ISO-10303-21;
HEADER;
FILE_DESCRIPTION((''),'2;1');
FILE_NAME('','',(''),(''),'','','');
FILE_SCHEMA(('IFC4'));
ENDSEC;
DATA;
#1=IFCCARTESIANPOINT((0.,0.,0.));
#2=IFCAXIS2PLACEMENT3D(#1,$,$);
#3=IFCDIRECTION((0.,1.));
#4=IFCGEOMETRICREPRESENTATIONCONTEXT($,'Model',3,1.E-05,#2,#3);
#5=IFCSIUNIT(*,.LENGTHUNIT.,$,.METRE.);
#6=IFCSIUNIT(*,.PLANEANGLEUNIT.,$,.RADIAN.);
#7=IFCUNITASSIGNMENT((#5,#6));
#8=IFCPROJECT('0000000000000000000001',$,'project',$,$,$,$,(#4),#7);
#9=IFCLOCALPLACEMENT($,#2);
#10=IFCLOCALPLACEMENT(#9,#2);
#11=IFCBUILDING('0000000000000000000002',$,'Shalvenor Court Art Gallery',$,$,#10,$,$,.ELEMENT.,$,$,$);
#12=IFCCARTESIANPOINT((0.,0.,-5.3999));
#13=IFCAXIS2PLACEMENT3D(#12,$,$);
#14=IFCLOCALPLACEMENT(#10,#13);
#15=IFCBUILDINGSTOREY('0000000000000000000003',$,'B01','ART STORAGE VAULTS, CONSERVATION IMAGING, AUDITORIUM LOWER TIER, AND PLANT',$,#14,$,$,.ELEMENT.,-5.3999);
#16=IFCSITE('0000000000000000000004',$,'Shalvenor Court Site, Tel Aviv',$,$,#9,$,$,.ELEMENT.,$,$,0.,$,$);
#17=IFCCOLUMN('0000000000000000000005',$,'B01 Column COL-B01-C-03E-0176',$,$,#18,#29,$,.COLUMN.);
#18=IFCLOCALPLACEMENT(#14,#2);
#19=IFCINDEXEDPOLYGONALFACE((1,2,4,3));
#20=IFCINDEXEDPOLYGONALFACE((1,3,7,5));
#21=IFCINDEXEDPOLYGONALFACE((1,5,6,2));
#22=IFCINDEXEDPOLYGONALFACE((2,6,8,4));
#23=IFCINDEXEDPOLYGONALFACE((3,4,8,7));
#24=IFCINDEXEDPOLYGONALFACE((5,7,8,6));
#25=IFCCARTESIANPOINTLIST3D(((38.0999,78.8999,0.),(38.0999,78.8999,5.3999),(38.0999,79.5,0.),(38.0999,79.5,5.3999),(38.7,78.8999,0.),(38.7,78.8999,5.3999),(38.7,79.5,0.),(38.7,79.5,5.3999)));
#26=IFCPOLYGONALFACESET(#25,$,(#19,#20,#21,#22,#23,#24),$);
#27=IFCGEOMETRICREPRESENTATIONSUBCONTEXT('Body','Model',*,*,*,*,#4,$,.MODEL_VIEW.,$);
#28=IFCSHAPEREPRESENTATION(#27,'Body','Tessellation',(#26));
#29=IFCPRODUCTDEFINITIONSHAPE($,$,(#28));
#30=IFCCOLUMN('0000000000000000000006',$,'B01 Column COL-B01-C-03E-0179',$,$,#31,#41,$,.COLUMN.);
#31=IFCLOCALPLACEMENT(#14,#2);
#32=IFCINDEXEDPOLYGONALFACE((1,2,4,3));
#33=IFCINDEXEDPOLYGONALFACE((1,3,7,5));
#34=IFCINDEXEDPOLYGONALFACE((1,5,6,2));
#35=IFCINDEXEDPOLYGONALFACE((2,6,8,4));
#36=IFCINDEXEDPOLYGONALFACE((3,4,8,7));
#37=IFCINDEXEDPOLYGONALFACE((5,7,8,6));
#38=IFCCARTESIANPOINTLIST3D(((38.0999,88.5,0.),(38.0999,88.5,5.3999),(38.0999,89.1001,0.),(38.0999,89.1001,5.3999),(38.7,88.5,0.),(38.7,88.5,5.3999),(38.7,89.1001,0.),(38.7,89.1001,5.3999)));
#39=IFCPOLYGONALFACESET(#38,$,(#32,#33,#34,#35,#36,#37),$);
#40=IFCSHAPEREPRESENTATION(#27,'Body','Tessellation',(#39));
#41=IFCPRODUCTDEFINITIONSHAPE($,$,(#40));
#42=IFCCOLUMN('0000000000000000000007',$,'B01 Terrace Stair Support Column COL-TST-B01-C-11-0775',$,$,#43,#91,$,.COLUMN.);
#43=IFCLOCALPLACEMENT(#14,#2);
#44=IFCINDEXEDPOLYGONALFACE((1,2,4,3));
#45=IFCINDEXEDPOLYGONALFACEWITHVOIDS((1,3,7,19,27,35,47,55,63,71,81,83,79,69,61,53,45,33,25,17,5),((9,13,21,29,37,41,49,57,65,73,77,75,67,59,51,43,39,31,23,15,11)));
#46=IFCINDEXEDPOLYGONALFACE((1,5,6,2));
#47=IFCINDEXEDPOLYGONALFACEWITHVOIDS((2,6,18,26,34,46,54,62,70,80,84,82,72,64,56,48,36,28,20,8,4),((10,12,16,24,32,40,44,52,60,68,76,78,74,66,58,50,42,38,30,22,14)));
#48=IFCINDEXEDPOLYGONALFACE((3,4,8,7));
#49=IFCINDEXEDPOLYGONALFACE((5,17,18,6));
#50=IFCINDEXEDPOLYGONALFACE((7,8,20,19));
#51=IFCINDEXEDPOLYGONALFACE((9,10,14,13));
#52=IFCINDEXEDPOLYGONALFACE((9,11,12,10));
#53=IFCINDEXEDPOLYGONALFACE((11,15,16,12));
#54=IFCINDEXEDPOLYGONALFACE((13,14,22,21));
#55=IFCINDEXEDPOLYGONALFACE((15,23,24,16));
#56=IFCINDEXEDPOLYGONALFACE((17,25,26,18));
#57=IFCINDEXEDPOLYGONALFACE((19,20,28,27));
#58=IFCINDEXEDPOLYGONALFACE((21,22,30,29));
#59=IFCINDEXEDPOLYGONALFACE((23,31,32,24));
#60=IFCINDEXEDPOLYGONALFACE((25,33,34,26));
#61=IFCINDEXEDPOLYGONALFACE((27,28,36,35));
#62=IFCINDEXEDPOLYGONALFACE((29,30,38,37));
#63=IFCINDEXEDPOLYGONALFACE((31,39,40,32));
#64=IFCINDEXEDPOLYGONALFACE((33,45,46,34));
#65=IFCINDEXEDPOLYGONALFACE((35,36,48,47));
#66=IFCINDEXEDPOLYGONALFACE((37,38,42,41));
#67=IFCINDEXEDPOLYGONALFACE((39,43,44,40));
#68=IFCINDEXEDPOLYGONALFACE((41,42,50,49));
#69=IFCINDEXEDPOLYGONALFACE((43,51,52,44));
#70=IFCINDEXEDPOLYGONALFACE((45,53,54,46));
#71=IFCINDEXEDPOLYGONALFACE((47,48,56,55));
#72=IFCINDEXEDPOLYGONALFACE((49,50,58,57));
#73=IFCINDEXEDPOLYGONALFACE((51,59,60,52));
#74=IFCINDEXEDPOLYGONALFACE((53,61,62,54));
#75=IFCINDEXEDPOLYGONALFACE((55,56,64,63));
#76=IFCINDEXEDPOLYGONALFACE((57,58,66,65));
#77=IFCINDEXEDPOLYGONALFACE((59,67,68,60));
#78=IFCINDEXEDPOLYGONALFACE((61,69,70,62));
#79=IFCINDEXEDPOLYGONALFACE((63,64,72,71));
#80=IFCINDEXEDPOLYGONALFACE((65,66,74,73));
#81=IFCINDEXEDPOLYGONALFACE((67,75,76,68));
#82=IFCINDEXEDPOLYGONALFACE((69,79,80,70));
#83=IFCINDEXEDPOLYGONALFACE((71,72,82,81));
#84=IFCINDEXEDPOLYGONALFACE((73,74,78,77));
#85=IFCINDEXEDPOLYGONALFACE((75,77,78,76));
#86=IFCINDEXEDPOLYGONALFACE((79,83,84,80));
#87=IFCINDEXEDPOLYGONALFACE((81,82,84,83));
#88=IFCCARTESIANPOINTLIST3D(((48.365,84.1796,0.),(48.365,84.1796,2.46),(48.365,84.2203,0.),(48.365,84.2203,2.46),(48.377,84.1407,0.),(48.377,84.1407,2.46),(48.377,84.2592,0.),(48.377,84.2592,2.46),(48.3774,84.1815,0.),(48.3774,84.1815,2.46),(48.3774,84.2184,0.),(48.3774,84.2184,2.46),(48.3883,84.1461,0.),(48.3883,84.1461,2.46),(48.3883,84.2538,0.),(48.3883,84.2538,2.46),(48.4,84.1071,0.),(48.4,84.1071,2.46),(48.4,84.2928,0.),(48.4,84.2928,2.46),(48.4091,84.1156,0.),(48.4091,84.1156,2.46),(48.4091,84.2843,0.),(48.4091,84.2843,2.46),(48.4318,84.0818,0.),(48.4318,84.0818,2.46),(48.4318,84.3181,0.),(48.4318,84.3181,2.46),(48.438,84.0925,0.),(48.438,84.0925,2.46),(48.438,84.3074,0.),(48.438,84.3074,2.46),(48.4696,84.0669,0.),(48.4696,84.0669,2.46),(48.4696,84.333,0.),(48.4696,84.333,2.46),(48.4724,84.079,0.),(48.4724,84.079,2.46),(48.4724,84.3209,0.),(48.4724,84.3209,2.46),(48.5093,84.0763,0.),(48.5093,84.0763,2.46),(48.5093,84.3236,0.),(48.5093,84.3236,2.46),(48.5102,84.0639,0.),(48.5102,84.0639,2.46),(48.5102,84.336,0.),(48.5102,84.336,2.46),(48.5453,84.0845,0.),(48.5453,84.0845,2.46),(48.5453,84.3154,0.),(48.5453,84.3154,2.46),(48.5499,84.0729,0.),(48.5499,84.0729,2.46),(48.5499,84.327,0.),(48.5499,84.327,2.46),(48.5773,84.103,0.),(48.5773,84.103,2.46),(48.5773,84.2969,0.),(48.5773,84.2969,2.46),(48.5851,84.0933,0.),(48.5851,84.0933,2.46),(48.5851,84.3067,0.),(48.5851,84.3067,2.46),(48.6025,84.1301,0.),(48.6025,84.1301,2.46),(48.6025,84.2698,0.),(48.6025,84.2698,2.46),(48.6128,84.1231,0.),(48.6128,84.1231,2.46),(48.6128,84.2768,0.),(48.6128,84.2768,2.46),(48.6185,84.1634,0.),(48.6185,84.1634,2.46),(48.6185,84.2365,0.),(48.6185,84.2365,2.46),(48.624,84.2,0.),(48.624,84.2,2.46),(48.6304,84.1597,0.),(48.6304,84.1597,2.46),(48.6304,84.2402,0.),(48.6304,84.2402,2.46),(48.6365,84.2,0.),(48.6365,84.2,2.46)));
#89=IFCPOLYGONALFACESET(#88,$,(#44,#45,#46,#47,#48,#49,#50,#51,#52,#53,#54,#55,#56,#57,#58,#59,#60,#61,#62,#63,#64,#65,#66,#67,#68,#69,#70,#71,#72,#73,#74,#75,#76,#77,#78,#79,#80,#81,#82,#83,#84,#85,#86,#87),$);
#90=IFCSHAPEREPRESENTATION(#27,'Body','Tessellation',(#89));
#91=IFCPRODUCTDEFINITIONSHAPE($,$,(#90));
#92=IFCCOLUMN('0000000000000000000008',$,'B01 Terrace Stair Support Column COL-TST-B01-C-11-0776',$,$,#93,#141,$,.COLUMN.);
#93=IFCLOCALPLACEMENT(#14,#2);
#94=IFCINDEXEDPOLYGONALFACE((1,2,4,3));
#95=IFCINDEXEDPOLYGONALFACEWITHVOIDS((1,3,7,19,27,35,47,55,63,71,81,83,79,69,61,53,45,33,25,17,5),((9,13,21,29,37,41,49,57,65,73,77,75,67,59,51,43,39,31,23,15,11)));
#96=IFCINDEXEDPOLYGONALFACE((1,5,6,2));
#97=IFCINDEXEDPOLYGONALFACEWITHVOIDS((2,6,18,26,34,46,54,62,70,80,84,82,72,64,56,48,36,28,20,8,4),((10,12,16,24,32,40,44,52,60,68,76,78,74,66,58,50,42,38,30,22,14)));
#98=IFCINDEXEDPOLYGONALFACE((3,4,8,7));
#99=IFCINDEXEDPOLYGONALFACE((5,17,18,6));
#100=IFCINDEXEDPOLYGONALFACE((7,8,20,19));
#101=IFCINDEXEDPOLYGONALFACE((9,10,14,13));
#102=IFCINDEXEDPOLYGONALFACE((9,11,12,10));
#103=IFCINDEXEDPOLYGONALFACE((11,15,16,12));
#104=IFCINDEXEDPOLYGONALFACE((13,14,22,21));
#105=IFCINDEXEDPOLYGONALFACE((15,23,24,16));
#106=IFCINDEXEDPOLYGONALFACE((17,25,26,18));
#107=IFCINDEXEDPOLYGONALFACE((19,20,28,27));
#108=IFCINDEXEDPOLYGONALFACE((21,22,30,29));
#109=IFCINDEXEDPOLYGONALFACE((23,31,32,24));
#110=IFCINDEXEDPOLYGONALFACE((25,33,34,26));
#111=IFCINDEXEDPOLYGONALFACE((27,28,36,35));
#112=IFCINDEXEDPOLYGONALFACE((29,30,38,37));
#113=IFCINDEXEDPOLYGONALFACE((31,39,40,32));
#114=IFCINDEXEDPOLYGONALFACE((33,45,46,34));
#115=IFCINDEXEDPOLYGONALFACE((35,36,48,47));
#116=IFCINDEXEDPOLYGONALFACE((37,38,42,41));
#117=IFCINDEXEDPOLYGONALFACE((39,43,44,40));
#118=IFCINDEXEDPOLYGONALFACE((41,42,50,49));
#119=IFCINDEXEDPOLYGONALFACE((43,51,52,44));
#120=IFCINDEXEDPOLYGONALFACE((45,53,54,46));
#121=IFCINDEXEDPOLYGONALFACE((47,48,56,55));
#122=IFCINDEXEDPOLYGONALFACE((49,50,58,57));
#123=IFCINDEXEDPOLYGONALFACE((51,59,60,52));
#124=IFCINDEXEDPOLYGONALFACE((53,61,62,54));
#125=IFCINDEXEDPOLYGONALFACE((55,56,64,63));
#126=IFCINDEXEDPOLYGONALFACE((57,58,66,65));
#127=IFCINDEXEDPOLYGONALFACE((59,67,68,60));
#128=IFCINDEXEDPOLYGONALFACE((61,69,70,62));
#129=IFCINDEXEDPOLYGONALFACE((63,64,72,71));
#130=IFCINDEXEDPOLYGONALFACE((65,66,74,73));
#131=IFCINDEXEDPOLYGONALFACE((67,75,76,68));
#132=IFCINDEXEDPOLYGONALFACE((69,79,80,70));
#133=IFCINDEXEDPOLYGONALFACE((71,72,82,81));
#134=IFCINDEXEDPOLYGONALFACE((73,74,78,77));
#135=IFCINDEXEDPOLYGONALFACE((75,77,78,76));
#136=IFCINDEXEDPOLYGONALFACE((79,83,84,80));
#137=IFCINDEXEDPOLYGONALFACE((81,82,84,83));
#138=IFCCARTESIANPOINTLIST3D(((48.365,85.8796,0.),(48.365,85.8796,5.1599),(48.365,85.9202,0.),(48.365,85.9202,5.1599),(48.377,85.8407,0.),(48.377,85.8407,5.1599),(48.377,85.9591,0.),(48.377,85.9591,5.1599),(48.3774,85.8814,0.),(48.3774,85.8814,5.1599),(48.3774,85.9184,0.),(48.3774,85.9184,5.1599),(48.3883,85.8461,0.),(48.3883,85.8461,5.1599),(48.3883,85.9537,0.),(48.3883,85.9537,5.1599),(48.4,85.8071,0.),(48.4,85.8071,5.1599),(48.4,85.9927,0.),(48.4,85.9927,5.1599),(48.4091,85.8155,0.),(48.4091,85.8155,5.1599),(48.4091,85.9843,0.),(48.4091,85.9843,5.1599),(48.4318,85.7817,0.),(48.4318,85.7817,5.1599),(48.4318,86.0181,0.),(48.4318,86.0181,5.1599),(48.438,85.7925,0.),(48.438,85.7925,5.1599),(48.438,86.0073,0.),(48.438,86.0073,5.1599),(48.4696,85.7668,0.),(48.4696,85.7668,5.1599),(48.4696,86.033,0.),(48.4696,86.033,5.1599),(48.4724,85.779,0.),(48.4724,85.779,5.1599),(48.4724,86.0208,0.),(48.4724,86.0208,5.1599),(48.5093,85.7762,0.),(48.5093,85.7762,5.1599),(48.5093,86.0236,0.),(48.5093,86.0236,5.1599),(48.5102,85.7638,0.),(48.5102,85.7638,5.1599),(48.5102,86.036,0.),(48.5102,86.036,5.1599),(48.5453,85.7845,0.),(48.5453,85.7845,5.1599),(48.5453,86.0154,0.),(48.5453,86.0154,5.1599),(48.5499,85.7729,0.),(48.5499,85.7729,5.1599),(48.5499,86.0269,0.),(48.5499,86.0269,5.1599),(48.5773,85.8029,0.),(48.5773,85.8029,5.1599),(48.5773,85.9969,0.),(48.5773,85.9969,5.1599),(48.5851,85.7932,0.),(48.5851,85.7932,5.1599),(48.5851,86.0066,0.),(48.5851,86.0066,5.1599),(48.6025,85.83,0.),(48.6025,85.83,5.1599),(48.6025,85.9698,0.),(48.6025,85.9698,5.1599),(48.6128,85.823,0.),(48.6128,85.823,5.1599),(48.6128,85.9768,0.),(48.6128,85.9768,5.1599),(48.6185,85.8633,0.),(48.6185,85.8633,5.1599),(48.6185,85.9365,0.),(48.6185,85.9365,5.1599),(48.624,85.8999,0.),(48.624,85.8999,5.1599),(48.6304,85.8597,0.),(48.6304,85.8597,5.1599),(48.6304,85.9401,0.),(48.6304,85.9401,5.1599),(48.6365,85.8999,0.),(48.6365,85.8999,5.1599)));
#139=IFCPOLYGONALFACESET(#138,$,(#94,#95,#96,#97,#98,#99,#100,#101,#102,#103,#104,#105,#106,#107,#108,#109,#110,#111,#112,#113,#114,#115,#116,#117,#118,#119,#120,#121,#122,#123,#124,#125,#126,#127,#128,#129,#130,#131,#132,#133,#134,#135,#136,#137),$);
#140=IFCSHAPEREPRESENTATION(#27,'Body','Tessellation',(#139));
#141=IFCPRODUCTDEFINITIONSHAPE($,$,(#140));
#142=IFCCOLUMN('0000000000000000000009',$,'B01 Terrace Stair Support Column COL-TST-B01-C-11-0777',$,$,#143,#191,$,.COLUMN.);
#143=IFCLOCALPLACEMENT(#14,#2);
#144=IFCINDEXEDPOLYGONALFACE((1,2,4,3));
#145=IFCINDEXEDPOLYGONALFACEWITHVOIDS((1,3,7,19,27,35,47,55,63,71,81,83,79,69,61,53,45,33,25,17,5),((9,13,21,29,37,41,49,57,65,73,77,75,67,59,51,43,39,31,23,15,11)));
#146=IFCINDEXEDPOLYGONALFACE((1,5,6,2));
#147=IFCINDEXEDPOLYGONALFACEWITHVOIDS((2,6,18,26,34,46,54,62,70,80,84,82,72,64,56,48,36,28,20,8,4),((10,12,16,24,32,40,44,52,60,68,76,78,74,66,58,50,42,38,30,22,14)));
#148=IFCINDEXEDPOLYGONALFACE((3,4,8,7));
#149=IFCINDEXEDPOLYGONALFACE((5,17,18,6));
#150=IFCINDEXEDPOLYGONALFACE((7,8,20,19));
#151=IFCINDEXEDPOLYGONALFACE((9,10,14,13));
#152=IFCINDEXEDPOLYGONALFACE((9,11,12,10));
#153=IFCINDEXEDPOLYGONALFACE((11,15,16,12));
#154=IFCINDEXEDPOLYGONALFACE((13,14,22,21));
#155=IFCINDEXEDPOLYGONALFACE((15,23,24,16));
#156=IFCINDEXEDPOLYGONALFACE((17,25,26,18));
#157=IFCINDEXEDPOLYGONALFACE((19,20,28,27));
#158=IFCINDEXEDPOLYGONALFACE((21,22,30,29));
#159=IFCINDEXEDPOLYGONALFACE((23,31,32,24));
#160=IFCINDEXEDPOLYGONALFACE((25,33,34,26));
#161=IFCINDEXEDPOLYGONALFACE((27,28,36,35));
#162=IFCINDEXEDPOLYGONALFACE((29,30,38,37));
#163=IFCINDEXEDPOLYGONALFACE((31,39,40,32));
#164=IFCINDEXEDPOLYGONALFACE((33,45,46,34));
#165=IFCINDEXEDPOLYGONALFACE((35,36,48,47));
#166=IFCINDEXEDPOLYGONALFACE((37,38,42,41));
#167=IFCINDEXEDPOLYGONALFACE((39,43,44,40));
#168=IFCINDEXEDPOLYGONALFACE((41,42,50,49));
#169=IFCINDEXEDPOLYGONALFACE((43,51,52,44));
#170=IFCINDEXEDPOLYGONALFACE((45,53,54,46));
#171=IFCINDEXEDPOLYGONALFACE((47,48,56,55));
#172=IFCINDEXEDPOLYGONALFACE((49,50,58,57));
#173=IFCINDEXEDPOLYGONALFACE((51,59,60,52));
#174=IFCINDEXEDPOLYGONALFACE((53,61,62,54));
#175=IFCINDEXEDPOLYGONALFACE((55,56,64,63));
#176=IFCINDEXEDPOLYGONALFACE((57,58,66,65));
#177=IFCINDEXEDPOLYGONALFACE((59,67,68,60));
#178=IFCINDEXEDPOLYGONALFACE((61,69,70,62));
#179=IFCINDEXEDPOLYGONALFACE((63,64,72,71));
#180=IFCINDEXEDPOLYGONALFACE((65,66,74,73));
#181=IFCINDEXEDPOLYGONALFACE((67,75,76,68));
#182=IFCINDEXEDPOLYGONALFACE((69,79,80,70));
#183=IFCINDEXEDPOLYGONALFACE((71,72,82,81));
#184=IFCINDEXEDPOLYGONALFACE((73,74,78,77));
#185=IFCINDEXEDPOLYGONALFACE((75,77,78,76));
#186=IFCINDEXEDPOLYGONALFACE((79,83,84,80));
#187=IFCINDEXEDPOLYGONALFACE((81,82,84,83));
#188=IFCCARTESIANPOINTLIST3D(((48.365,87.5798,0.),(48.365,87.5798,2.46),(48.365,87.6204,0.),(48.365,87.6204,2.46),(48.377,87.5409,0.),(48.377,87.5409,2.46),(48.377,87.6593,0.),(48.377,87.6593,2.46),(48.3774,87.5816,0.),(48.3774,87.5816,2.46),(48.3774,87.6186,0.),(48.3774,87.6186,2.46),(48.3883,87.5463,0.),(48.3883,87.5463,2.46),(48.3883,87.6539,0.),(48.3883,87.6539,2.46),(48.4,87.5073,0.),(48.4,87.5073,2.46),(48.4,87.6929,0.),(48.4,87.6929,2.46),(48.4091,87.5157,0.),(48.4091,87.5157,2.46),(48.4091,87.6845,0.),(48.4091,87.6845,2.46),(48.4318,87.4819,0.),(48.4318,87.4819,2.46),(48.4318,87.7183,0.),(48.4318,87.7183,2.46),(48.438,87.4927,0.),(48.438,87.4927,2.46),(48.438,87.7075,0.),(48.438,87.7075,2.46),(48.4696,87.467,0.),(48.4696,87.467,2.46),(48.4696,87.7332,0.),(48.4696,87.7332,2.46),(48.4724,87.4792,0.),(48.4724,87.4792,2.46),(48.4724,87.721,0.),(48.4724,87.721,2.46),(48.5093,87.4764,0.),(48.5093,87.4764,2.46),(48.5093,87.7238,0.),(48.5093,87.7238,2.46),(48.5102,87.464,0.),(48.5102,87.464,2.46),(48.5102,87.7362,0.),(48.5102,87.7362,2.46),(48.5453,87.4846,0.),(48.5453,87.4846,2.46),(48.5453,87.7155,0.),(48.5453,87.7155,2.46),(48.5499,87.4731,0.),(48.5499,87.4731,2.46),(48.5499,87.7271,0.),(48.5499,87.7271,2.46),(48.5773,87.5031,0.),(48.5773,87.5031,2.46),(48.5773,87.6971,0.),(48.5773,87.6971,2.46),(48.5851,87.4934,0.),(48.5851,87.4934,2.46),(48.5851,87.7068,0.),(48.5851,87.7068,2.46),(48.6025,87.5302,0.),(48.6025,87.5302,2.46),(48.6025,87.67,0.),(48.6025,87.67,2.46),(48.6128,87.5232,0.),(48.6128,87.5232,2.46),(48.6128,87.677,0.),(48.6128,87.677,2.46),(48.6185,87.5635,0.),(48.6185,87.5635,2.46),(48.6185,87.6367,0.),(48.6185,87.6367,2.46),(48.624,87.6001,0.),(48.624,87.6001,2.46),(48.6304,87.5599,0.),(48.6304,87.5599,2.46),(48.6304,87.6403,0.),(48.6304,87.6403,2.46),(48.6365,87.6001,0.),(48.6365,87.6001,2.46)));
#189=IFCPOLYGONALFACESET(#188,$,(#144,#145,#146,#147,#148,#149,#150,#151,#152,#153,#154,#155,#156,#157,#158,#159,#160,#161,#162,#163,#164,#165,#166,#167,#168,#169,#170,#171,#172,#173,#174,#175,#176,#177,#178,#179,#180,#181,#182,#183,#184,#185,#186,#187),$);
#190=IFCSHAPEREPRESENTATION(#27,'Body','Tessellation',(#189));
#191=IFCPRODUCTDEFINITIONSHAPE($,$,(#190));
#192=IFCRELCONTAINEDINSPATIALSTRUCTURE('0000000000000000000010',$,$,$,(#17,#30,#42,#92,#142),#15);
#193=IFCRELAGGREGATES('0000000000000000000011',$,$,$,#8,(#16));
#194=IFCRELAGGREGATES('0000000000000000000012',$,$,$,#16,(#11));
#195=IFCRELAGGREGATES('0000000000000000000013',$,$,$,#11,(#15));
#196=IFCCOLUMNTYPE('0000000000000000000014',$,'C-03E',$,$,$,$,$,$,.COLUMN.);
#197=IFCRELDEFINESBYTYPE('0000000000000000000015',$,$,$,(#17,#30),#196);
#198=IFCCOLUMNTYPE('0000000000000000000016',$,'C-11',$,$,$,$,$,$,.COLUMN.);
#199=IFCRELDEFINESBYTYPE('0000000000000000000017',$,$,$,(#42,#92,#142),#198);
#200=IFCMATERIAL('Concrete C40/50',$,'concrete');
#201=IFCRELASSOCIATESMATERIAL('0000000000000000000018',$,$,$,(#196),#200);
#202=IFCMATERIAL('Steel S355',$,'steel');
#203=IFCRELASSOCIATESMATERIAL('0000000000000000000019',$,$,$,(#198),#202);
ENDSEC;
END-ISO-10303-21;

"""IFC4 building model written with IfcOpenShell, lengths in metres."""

from ifc_helpers import new_model, si_unit, direction, frame, origin, origin_2d, place, context, subcontext, project, spatial, rectangle, hollow_circle, extrude, material, material_profile, profile_set, type_object, element, save


model = new_model("IFC4")

# Units and contexts
model_context = context("Model", 3, precision=1e-05, world=origin(), true_north=direction((0.0, 1.0)))
body_context = subcontext(model_context, "Body", "Model", "MODEL_VIEW")
ifc_project = project(units=[si_unit("LENGTHUNIT", "METRE"), si_unit("PLANEANGLEUNIT", "RADIAN")], contexts=[model_context])

# Site, building, storey
site_placement = place(None, origin())
site = spatial("IfcSite", under=ifc_project, at=site_placement, Name="Shalvenor Court Site, Tel Aviv", CompositionType="ELEMENT", RefElevation=0.0)
building_placement = place(site_placement, origin())
building = spatial("IfcBuilding", under=site, at=building_placement, Name="Shalvenor Court Art Gallery", CompositionType="ELEMENT")
storey_placement = place(building_placement, frame((0.0, 0.0, -5.3999)))
storey = spatial("IfcBuildingStorey", under=building, at=storey_placement, Name="B01", Description="ART STORAGE VAULTS, CONSERVATION IMAGING, AUDITORIUM LOWER TIER, AND PLANT", CompositionType="ELEMENT", Elevation=-5.3999)

# Columns
ifc_material_1 = material(Name="Concrete C40/50", Category="concrete")
ifc_material_profile_1 = material_profile(ifc_material_1, rectangle(XDim=0.6001, YDim=0.6001, at=origin_2d()), Name="RC 600x600")
ifc_profile_set_1 = profile_set([ifc_material_profile_1], Name="Concrete C40/50")
column_type_1 = type_object("IfcColumnType", Name="C-03E", PredefinedType="COLUMN", material=ifc_profile_set_1)
for number, where, z_axis, x_axis, name in (
    (1, (38.3999, 79.2, 0.0), (0.0, 0.0, 1.0), (1.0, 0.0, 0.0), "B01 Column COL-B01-C-03E-0176"),
    (2, (38.3999, 88.8, 0.0), (0.0, 0.0, 1.0), (1.0, 0.0, 0.0), "B01 Column COL-B01-C-03E-0179"),
):
    element("IfcColumn", number, at=place(storey_placement, frame(where, z_axis=z_axis, x_axis=x_axis)), inside=storey, type_object=column_type_1, Name=name, PredefinedType="COLUMN", context=body_context, shape_type="SweptSolid", body=[
        extrude(rectangle(XDim=0.6001, YDim=0.6001, at=origin_2d()), origin(), (0.0, 0.0, 1.0), 5.3999),
    ])
ifc_material_2 = material(Name="Steel S355", Category="steel")
ifc_material_profile_2 = material_profile(ifc_material_2, hollow_circle(Radius=0.1365, WallThickness=0.0125, at=origin_2d()), Name="CHS 273.0x12.5")
ifc_profile_set_2 = profile_set([ifc_material_profile_2], Name="Steel S355")
column_type_2 = type_object("IfcColumnType", Name="C-11", PredefinedType="COLUMN", material=ifc_profile_set_2)
column_1_placement = place(storey_placement, frame((48.5, 84.2, 0.0), z_axis=(0.0, 0.0, 1.0), x_axis=(1.0, 0.0, 0.0)))
element("IfcColumn", 3, at=column_1_placement, inside=storey, type_object=column_type_2, Name="B01 Terrace Stair Support Column COL-TST-B01-C-11-0775", PredefinedType="COLUMN", context=body_context, shape_type="SweptSolid", body=[
    extrude(hollow_circle(Radius=0.1365, WallThickness=0.0125, at=origin_2d()), origin(), (0.0, 0.0, 1.0), 2.46),
])
column_2_placement = place(storey_placement, frame((48.5, 85.8999, 0.0), z_axis=(0.0, 0.0, 1.0), x_axis=(1.0, 0.0, 0.0)))
element("IfcColumn", 4, at=column_2_placement, inside=storey, type_object=column_type_2, Name="B01 Terrace Stair Support Column COL-TST-B01-C-11-0776", PredefinedType="COLUMN", context=body_context, shape_type="SweptSolid", body=[
    extrude(hollow_circle(Radius=0.1365, WallThickness=0.0125, at=origin_2d()), origin(), (0.0, 0.0, 1.0), 5.1599),
])
column_3_placement = place(storey_placement, frame((48.5, 87.6001, 0.0), z_axis=(0.0, 0.0, 1.0), x_axis=(1.0, 0.0, 0.0)))
element("IfcColumn", 5, at=column_3_placement, inside=storey, type_object=column_type_2, Name="B01 Terrace Stair Support Column COL-TST-B01-C-11-0777", PredefinedType="COLUMN", context=body_context, shape_type="SweptSolid", body=[
    extrude(hollow_circle(Radius=0.1365, WallThickness=0.0125, at=origin_2d()), origin(), (0.0, 0.0, 1.0), 2.46),
])

save(model, "model.ifc")
